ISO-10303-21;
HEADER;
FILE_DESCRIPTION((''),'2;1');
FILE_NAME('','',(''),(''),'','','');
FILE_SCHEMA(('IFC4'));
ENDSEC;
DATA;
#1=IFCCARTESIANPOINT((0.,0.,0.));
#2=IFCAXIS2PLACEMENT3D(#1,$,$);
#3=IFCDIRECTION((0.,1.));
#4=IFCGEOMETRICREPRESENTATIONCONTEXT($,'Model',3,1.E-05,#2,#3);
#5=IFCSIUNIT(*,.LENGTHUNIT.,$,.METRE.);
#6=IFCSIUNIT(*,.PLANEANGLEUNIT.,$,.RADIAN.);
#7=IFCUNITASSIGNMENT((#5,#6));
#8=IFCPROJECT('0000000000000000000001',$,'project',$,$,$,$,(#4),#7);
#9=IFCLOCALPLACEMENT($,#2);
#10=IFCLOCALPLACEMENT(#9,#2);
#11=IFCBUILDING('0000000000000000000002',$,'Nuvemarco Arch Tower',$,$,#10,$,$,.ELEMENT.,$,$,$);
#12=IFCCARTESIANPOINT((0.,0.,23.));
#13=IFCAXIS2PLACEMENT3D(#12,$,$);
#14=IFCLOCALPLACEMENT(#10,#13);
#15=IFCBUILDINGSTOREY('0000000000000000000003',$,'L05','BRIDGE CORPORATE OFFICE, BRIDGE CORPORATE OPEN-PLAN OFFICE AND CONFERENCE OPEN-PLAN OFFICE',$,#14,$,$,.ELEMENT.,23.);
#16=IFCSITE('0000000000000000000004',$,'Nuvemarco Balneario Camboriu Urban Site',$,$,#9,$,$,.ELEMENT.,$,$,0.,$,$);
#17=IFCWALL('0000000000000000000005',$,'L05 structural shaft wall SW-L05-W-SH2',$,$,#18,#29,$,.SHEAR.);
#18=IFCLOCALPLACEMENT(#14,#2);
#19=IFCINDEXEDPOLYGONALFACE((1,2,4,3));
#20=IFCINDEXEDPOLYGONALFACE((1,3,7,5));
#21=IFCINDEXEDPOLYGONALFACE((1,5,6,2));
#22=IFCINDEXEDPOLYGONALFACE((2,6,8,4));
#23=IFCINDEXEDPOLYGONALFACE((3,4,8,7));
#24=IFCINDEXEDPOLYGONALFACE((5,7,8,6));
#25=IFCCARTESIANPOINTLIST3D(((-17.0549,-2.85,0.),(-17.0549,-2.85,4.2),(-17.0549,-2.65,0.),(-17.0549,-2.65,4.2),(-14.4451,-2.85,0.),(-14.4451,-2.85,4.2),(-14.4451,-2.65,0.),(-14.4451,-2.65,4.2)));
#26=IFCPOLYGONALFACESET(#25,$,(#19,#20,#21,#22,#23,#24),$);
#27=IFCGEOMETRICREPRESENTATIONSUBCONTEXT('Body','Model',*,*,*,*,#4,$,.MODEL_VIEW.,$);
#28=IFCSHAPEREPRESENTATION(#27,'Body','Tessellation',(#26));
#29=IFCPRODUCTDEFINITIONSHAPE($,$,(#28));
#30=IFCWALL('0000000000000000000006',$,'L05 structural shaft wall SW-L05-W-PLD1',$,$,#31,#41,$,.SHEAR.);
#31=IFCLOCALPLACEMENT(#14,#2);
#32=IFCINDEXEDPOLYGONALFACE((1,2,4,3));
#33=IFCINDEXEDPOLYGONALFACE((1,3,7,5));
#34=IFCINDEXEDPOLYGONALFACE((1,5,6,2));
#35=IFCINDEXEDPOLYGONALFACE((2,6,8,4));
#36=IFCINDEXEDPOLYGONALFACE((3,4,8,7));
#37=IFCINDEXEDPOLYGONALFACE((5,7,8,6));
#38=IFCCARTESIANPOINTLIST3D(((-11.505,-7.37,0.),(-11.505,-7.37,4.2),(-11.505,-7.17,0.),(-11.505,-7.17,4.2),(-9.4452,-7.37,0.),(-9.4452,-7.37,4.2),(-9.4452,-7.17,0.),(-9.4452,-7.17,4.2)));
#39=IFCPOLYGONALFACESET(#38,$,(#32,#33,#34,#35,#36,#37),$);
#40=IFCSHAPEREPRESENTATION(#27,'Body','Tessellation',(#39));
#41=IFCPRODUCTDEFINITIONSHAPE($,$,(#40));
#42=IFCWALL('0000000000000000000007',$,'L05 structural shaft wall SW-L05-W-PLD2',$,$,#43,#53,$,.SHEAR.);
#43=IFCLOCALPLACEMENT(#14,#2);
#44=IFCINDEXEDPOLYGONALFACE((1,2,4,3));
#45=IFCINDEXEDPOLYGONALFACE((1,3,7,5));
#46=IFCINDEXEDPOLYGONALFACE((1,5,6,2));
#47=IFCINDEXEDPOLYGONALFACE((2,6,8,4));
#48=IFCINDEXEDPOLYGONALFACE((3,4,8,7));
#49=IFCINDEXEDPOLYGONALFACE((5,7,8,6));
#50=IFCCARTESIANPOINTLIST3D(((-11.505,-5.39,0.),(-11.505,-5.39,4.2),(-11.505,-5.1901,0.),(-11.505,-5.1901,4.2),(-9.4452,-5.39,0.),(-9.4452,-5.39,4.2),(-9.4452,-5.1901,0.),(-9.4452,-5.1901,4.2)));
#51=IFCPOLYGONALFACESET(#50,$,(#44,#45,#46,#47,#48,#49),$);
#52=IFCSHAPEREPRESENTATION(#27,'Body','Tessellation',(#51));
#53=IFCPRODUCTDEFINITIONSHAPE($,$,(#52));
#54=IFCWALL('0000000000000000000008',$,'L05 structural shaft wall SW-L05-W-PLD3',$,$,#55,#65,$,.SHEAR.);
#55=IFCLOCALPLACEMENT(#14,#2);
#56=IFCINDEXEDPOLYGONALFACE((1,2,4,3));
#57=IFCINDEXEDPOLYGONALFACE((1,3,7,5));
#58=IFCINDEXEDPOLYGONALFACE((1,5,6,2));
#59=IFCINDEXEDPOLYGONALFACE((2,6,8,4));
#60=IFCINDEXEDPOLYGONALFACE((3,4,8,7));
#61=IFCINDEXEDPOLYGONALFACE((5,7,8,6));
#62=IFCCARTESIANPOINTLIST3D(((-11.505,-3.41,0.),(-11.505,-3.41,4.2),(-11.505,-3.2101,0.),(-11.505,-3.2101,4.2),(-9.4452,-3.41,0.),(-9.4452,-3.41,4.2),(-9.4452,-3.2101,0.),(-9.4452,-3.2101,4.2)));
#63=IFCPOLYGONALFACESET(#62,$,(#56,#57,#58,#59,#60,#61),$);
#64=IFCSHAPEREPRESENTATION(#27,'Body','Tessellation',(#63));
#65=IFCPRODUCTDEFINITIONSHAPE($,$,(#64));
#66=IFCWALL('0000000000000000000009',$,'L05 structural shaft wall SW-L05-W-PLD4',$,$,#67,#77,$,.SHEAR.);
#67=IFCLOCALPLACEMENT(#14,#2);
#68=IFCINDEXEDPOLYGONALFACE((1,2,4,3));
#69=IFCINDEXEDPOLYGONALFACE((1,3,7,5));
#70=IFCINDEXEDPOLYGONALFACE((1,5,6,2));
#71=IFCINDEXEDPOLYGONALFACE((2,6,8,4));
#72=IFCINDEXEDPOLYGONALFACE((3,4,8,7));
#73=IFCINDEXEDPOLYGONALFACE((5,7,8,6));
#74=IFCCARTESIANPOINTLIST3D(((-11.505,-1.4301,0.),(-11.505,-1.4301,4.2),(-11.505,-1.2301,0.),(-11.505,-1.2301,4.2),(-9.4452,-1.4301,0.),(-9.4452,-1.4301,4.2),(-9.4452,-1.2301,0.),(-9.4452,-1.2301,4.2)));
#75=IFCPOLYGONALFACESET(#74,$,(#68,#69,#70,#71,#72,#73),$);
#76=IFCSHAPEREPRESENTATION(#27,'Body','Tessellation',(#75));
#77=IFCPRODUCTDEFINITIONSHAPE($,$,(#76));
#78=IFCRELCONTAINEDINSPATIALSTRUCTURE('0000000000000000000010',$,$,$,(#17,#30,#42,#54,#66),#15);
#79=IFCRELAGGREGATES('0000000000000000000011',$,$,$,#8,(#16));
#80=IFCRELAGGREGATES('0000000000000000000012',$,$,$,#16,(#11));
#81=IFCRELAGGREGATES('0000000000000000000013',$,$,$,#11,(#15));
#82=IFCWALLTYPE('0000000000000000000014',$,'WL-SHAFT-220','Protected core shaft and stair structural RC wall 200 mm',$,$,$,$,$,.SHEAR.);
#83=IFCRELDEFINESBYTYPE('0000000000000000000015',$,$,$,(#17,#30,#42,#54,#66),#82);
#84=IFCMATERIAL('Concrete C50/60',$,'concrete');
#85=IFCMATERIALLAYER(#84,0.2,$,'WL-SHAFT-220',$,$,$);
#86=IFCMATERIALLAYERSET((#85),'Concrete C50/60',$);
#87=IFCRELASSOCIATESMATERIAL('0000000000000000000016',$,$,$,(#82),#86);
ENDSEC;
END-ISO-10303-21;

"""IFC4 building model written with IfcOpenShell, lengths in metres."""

from ifc_helpers import new_model, si_unit, direction, frame, frame_2d, origin, place, context, subcontext, project, spatial, rectangle, extrude, material, layer, layer_set, type_object, element, save


model = new_model("IFC4")

# Units and contexts
model_context = context("Model", 3, precision=1e-05, world=origin(), true_north=direction((0.0, 1.0)))
body_context = subcontext(model_context, "Body", "Model", "MODEL_VIEW")
ifc_project = project(units=[si_unit("LENGTHUNIT", "METRE"), si_unit("PLANEANGLEUNIT", "RADIAN")], contexts=[model_context])

# Site, building, storey
site_placement = place(None, origin())
site = spatial("IfcSite", under=ifc_project, at=site_placement, Name="Nuvemarco Balneario Camboriu Urban Site", CompositionType="ELEMENT", RefElevation=0.0)
building_placement = place(site_placement, origin())
building = spatial("IfcBuilding", under=site, at=building_placement, Name="Nuvemarco Arch Tower", CompositionType="ELEMENT")
storey_placement = place(building_placement, frame((0.0, 0.0, 23.0)))
storey = spatial("IfcBuildingStorey", under=building, at=storey_placement, Name="L05", Description="BRIDGE CORPORATE OFFICE, BRIDGE CORPORATE OPEN-PLAN OFFICE AND CONFERENCE OPEN-PLAN OFFICE", CompositionType="ELEMENT", Elevation=23.0)

# Shared definitions
ifc_material_1 = material(Name="Concrete C50/60", Category="concrete")
ifc_layer_1 = layer(ifc_material_1, 0.2, Name="WL-SHAFT-220")
ifc_layer_set_1 = layer_set([ifc_layer_1], Name="Concrete C50/60")
wall_type_1 = type_object("IfcWallType", Name="WL-SHAFT-220", Description="Protected core shaft and stair structural RC wall 200 mm", PredefinedType="SHEAR", material=ifc_layer_set_1)

# Wall
wall_1_placement = place(storey_placement, frame((-17.0549, -2.75, 0.0), z_axis=(0.0, 0.0, 1.0), x_axis=(1.0, 0.0, 0.0)))
element("IfcWall", 1, at=wall_1_placement, inside=storey, type_object=wall_type_1, Name="L05 structural shaft wall SW-L05-W-SH2", PredefinedType="SHEAR", context=body_context, shape_type="SweptSolid", body=[
    extrude(rectangle(XDim=2.6099, YDim=0.2, at=frame_2d((1.3049, 0.0))), origin(), (0.0, 0.0, 1.0), 4.2),
])

# Walls
for number, where, z_axis, x_axis, name in (
    (2, (-11.5049, -7.27, 0.0), (0.0, 0.0, 1.0), (1.0, 0.0, 0.0), "L05 structural shaft wall SW-L05-W-PLD1"),
    (3, (-11.5049, -5.29, 0.0), (0.0, 0.0, 1.0), (1.0, 0.0, 0.0), "L05 structural shaft wall SW-L05-W-PLD2"),
    (4, (-11.5049, -3.3101, 0.0), (0.0, 0.0, 1.0), (1.0, 0.0, 0.0), "L05 structural shaft wall SW-L05-W-PLD3"),
    (5, (-11.5049, -1.3301, 0.0), (0.0, 0.0, 1.0), (1.0, 0.0, 0.0), "L05 structural shaft wall SW-L05-W-PLD4"),
):
    element("IfcWall", number, at=place(storey_placement, frame(where, z_axis=z_axis, x_axis=x_axis)), inside=storey, type_object=wall_type_1, Name=name, PredefinedType="SHEAR", context=body_context, shape_type="SweptSolid", body=[
        extrude(rectangle(XDim=2.0598, YDim=0.2, at=frame_2d((1.0298, 0.0))), origin(), (0.0, 0.0, 1.0), 4.2),
    ])

save(model, "model.ifc")
